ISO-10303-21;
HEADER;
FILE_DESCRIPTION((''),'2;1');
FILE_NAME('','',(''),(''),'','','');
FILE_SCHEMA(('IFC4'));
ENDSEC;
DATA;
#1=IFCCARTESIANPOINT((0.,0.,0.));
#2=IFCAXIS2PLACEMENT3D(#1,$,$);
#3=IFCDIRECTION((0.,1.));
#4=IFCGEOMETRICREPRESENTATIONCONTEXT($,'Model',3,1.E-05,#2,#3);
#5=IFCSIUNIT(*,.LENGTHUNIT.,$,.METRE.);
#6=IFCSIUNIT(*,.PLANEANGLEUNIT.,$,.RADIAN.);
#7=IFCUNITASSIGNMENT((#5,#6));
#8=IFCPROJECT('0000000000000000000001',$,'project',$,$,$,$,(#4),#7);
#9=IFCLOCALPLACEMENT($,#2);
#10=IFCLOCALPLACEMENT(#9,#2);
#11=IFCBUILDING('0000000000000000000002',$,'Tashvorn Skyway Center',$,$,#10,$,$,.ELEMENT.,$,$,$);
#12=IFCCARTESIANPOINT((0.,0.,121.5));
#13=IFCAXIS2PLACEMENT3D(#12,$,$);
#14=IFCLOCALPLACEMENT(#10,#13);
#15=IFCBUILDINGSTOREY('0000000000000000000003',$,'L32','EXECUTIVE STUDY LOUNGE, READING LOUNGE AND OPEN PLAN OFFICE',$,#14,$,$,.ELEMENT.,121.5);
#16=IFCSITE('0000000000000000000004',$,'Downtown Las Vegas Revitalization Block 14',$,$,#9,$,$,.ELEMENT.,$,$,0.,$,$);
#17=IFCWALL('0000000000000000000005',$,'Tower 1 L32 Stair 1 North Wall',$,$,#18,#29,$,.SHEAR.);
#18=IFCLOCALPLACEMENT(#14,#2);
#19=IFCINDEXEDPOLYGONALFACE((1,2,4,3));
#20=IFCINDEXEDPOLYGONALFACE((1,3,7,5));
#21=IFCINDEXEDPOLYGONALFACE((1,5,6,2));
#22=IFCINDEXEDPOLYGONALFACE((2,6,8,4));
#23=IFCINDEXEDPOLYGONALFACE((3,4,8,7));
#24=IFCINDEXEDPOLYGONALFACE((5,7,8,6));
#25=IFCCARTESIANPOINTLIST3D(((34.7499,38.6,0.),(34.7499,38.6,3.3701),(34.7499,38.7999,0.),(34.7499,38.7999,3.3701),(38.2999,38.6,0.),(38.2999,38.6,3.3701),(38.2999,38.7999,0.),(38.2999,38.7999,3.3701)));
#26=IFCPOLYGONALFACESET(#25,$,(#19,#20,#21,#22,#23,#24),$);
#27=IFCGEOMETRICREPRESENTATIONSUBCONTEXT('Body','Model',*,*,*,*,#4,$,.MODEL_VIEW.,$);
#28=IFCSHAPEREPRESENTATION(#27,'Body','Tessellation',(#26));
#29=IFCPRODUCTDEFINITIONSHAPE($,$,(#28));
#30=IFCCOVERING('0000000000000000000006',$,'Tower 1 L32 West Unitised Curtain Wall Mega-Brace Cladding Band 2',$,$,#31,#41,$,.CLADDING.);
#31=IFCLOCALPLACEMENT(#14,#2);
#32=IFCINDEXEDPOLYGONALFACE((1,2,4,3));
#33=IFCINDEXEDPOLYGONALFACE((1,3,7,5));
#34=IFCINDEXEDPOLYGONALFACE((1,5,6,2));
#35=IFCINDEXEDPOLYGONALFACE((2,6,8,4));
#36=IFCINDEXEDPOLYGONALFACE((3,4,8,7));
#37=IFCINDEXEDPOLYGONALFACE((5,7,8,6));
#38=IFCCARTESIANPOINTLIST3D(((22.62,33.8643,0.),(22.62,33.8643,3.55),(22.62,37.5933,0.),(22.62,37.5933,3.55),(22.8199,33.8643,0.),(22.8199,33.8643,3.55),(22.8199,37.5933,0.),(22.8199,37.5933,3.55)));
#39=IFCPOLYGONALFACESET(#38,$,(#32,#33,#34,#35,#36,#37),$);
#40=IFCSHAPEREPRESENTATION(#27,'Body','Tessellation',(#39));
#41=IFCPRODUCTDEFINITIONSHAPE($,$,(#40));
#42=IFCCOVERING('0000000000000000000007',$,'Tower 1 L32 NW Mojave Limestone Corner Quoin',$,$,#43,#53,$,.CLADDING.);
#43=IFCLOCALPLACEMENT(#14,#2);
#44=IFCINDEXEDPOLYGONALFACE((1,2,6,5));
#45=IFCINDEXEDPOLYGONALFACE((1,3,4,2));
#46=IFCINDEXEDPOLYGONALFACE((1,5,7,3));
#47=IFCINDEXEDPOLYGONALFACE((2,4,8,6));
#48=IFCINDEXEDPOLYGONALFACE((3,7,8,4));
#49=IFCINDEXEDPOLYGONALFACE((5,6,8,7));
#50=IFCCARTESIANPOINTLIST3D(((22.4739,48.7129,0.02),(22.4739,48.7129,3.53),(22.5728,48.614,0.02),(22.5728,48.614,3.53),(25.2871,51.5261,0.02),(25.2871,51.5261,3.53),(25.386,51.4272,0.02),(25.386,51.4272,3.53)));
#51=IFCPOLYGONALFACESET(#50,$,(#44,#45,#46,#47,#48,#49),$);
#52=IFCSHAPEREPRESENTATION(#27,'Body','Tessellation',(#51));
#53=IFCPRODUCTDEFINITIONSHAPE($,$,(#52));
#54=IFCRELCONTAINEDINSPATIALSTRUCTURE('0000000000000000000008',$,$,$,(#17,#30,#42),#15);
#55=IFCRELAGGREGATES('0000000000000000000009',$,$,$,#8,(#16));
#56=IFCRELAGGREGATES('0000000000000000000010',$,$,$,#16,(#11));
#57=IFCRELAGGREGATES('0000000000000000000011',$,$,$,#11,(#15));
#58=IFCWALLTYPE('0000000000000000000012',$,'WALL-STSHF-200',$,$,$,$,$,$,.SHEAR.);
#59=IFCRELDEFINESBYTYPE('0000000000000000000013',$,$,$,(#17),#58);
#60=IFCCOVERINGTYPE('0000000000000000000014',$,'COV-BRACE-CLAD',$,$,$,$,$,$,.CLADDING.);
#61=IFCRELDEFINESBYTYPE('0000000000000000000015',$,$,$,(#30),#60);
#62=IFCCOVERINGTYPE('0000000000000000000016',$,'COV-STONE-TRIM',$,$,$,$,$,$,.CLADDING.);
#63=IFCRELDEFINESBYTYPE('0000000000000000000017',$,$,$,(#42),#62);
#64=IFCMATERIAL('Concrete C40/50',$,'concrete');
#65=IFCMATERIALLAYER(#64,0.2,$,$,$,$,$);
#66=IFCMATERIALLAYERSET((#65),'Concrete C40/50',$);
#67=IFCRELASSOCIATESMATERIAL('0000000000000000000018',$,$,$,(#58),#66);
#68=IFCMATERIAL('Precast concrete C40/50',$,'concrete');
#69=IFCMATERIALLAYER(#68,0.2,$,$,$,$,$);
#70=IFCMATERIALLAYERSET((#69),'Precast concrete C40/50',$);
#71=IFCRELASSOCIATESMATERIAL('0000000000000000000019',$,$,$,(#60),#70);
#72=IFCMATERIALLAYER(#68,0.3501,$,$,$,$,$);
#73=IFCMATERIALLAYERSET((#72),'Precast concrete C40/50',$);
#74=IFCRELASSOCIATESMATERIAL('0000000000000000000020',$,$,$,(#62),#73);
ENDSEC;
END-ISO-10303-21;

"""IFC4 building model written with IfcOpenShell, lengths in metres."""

from ifc_helpers import new_model, si_unit, direction, frame, frame_2d, origin, origin_2d, place, context, subcontext, project, spatial, rectangle, extrude, material, layer, layer_set, type_object, element, save


model = new_model("IFC4")

# Units and contexts
model_context = context("Model", 3, precision=1e-05, world=origin(), true_north=direction((0.0, 1.0)))
body_context = subcontext(model_context, "Body", "Model", "MODEL_VIEW")
ifc_project = project(units=[si_unit("LENGTHUNIT", "METRE"), si_unit("PLANEANGLEUNIT", "RADIAN")], contexts=[model_context])

# Site, building, storey
site_placement = place(None, origin())
site = spatial("IfcSite", under=ifc_project, at=site_placement, Name="Downtown Las Vegas Revitalization Block 14", CompositionType="ELEMENT", RefElevation=0.0)
building_placement = place(site_placement, origin())
building = spatial("IfcBuilding", under=site, at=building_placement, Name="Tashvorn Skyway Center", CompositionType="ELEMENT")
storey_placement = place(building_placement, frame((0.0, 0.0, 121.5)))
storey = spatial("IfcBuildingStorey", under=building, at=storey_placement, Name="L32", Description="EXECUTIVE STUDY LOUNGE, READING LOUNGE AND OPEN PLAN OFFICE", CompositionType="ELEMENT", Elevation=121.5)

# Shared definitions
ifc_material_1 = material(Name="Precast concrete C40/50", Category="concrete")

# Wall
ifc_material_2 = material(Name="Concrete C40/50", Category="concrete")
ifc_layer_1 = layer(ifc_material_2, 0.2)
ifc_layer_set_1 = layer_set([ifc_layer_1], Name="Concrete C40/50")
wall_type_1 = type_object("IfcWallType", Name="WALL-STSHF-200", PredefinedType="SHEAR", material=ifc_layer_set_1)
wall_1_placement = place(storey_placement, frame((34.75, 38.7, 0.0), z_axis=(0.0, 0.0, 1.0), x_axis=(1.0, 0.0, 0.0)))
element("IfcWall", 1, at=wall_1_placement, inside=storey, type_object=wall_type_1, Name="Tower 1 L32 Stair 1 North Wall", PredefinedType="SHEAR", context=body_context, shape_type="SweptSolid", body=[
    extrude(rectangle(XDim=3.55, YDim=0.2, at=frame_2d((1.7749, 0.0))), origin(), (0.0, 0.0, 1.0), 3.3701),
])

# Coverings
ifc_layer_2 = layer(ifc_material_1, 0.2)
ifc_layer_set_2 = layer_set([ifc_layer_2], Name="Precast concrete C40/50")
covering_type_1 = type_object("IfcCoveringType", Name="COV-BRACE-CLAD", PredefinedType="CLADDING", material=ifc_layer_set_2)
covering_1_placement = place(storey_placement, frame((22.72, 35.7288, 0.0), z_axis=(0.0, 0.0, 1.0), x_axis=(0.0, 1.0, 0.0)))
element("IfcCovering", 2, at=covering_1_placement, inside=storey, type_object=covering_type_1, Name="Tower 1 L32 West Unitised Curtain Wall Mega-Brace Cladding Band 2", PredefinedType="CLADDING", context=body_context, shape_type="SweptSolid", body=[
    extrude(rectangle(XDim=3.729, YDim=0.2, at=origin_2d()), origin(), (0.0, 0.0, 1.0), 3.55),
])
ifc_layer_3 = layer(ifc_material_1, 0.3501)
ifc_layer_set_3 = layer_set([ifc_layer_3], Name="Precast concrete C40/50")
covering_type_2 = type_object("IfcCoveringType", Name="COV-STONE-TRIM", PredefinedType="CLADDING", material=ifc_layer_set_3)
covering_2_placement = place(storey_placement, frame((23.9299, 50.0701, 0.02), z_axis=(0.0, 0.0, 1.0), x_axis=(-0.707107, -0.707107, 0.0)))
element("IfcCovering", 3, at=covering_2_placement, inside=storey, type_object=covering_type_2, Name="Tower 1 L32 NW Mojave Limestone Corner Quoin", PredefinedType="CLADDING", context=body_context, shape_type="SweptSolid", body=[
    extrude(rectangle(XDim=3.9785, YDim=0.1399, at=origin_2d()), origin(), (0.0, 0.0, 1.0), 3.51),
])

save(model, "model.ifc")
